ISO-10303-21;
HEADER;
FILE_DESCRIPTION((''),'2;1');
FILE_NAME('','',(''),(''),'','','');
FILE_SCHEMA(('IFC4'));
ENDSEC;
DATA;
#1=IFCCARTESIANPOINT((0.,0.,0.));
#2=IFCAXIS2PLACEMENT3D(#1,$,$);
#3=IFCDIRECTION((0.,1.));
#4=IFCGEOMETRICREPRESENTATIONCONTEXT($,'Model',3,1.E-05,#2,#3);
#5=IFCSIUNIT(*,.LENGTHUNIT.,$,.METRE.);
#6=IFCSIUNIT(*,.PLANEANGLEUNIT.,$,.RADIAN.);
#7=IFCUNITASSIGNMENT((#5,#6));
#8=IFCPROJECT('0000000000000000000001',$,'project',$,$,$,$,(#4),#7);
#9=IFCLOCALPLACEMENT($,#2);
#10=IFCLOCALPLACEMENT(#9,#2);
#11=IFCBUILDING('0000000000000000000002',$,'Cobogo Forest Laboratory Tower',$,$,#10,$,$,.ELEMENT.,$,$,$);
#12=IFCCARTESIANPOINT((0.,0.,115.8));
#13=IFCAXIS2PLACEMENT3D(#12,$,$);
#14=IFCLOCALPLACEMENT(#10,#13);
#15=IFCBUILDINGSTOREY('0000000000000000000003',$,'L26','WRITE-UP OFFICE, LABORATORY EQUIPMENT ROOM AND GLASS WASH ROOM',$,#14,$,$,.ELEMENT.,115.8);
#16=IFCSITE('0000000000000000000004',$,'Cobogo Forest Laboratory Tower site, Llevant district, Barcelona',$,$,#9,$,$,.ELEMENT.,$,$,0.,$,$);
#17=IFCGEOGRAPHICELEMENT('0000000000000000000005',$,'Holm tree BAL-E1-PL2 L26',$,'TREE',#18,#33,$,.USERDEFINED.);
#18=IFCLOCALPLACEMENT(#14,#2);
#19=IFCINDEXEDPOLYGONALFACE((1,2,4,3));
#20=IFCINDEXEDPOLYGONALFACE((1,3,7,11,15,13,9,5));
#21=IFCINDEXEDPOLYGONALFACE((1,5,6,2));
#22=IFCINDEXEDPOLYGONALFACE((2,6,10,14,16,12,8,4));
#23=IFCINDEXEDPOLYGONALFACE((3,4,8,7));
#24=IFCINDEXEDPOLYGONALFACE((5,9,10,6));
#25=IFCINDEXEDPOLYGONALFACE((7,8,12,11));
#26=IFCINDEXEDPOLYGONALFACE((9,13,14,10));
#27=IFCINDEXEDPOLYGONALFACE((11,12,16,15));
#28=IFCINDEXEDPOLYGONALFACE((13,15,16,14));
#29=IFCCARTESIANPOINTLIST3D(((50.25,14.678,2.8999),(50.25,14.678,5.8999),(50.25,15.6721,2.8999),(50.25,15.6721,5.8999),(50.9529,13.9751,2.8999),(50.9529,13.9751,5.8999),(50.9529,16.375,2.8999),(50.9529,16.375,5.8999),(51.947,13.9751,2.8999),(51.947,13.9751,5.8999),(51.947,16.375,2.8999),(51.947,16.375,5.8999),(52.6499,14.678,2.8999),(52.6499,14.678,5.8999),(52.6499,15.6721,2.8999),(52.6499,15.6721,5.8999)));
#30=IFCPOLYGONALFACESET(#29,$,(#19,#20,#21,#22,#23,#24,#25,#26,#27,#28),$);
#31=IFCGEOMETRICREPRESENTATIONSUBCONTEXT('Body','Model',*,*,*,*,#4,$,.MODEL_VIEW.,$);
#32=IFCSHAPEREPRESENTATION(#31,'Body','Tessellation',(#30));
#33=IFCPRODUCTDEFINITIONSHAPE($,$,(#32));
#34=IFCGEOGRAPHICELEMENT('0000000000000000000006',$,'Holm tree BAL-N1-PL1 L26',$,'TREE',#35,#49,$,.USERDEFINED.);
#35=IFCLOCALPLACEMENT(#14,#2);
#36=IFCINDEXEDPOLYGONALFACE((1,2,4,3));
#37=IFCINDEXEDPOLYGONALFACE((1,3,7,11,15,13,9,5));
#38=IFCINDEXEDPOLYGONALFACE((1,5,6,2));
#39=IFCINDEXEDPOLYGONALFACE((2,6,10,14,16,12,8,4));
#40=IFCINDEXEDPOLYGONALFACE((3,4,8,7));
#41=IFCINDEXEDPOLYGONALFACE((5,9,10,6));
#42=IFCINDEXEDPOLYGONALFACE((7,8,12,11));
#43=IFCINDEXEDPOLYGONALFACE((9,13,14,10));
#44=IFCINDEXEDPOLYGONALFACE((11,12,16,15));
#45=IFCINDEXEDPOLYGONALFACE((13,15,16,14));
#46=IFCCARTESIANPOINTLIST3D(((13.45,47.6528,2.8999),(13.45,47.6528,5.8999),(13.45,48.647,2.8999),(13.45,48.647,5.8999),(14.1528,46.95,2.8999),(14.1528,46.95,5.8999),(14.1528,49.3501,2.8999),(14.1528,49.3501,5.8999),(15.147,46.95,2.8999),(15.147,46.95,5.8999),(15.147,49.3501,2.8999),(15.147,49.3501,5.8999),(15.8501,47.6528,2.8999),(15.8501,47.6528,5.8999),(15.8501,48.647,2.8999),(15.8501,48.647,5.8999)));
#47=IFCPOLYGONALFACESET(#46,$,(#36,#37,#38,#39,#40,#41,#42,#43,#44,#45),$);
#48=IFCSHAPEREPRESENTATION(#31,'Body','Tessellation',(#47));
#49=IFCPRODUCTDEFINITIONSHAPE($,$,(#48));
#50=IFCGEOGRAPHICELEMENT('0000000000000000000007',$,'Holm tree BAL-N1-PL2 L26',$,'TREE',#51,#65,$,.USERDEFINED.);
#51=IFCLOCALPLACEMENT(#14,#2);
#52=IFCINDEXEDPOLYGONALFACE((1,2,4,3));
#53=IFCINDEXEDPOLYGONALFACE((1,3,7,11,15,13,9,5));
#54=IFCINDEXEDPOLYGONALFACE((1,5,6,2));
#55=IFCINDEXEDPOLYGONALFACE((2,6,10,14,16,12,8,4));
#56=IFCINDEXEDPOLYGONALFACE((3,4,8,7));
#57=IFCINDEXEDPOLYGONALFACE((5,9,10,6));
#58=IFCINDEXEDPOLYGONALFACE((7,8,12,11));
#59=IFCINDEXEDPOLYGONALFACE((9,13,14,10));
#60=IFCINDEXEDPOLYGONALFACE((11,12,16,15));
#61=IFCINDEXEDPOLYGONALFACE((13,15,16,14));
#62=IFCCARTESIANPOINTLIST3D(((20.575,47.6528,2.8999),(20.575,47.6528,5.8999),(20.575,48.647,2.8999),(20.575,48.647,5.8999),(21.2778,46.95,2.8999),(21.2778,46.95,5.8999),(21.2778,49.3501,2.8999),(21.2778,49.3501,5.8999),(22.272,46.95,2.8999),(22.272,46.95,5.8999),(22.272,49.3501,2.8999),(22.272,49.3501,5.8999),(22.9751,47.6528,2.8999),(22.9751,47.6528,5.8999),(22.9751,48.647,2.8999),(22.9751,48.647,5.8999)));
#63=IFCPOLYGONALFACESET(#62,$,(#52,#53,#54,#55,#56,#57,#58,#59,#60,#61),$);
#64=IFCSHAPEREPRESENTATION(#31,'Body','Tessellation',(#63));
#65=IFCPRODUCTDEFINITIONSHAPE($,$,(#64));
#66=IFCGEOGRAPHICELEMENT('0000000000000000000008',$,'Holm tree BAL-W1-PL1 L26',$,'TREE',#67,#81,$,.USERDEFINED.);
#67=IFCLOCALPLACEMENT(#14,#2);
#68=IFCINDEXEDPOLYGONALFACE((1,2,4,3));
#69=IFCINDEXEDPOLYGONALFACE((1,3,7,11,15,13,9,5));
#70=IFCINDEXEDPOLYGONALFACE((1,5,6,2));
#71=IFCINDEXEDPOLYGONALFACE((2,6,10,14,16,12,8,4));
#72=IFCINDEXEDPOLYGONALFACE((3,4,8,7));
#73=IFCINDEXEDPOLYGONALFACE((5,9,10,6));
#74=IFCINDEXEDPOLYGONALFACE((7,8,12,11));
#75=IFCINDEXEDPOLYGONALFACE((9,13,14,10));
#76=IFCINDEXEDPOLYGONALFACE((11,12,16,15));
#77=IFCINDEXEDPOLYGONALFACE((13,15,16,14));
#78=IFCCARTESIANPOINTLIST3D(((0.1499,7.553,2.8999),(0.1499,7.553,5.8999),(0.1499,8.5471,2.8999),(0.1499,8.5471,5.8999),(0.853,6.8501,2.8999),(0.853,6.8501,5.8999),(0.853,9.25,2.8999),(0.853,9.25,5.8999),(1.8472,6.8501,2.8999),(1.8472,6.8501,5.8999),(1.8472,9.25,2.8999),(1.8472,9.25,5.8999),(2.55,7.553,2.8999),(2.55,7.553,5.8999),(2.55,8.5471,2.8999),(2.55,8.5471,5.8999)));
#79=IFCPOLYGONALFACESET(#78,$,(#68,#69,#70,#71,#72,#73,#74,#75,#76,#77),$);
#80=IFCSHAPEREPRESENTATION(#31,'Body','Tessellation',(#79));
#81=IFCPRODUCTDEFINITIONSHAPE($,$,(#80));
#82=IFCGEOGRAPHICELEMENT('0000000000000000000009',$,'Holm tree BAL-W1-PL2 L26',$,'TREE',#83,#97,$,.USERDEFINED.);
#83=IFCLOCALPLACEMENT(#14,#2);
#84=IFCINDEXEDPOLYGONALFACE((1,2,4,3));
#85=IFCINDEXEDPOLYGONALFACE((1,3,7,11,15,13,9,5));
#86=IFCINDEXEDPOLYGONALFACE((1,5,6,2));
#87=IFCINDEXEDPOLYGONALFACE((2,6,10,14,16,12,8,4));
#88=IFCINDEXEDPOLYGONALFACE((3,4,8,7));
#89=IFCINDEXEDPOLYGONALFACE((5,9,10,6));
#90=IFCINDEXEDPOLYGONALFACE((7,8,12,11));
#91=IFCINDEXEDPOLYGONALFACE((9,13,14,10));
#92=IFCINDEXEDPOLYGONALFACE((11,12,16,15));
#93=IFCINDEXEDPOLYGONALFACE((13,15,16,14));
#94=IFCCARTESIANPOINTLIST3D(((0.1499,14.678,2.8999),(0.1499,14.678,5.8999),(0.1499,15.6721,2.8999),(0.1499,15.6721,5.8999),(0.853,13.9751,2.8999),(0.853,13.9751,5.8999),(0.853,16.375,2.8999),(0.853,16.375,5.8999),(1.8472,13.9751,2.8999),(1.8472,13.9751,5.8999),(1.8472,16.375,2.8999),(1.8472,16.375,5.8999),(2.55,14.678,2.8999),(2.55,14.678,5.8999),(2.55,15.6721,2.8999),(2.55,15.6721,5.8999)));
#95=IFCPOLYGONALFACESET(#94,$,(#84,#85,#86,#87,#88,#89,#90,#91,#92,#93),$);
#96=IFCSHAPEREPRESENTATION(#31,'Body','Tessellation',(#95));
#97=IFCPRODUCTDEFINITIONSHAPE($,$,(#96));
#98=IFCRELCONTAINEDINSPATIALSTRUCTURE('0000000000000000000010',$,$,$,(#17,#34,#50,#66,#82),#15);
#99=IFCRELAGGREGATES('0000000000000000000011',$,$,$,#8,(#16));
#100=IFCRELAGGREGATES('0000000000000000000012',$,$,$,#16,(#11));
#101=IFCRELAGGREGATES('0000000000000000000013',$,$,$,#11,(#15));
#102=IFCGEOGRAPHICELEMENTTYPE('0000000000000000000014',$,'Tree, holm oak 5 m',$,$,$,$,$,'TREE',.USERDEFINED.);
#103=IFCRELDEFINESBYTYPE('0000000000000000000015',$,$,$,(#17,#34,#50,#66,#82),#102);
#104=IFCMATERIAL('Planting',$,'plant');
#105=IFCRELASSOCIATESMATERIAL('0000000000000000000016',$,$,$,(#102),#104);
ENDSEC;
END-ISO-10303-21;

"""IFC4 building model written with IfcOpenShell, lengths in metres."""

from ifc_helpers import new_model, si_unit, direction, frame, origin, place, context, subcontext, project, spatial, polyline, outline, extrude, material, type_object, element, save


model = new_model("IFC4")

# Units and contexts
model_context = context("Model", 3, precision=1e-05, world=origin(), true_north=direction((0.0, 1.0)))
body_context = subcontext(model_context, "Body", "Model", "MODEL_VIEW")
ifc_project = project(units=[si_unit("LENGTHUNIT", "METRE"), si_unit("PLANEANGLEUNIT", "RADIAN")], contexts=[model_context])

# Site, building, storey
site_placement = place(None, origin())
site = spatial("IfcSite", under=ifc_project, at=site_placement, Name="Cobogo Forest Laboratory Tower site, Llevant district, Barcelona", CompositionType="ELEMENT", RefElevation=0.0)
building_placement = place(site_placement, origin())
building = spatial("IfcBuilding", under=site, at=building_placement, Name="Cobogo Forest Laboratory Tower", CompositionType="ELEMENT")
storey_placement = place(building_placement, frame((0.0, 0.0, 115.8)))
storey = spatial("IfcBuildingStorey", under=building, at=storey_placement, Name="L26", Description="WRITE-UP OFFICE, LABORATORY EQUIPMENT ROOM AND GLASS WASH ROOM", CompositionType="ELEMENT", Elevation=115.8)

# Geographic elements
ifc_material_1 = material(Name="Planting", Category="plant")
geographic_element_type = type_object("IfcGeographicElementType", Name="Tree, holm oak 5 m", ElementType="TREE", PredefinedType="USERDEFINED", material=ifc_material_1)
geographic_element_1_placement = place(storey_placement, frame((0.0, 0.0, 2.8999)))
element("IfcGeographicElement", 1, at=geographic_element_1_placement, inside=storey, type_object=geographic_element_type, Name="Holm tree BAL-E1-PL2 L26", ObjectType="TREE", PredefinedType="USERDEFINED", context=body_context, shape_type="SweptSolid", body=[
    extrude(outline(polyline([(52.6499, 14.678), (52.6499, 15.6721), (51.947, 16.375), (50.9529, 16.375), (50.25, 15.6721), (50.25, 14.678), (50.9529, 13.9751), (51.947, 13.9751), (52.6499, 14.678)])), origin(), (0.0, 0.0, 1.0), 3.0),
])
geographic_element_2_placement = place(storey_placement, frame((0.0, 0.0, 2.8999)))
element("IfcGeographicElement", 2, at=geographic_element_2_placement, inside=storey, type_object=geographic_element_type, Name="Holm tree BAL-N1-PL1 L26", ObjectType="TREE", PredefinedType="USERDEFINED", context=body_context, shape_type="SweptSolid", body=[
    extrude(outline(polyline([(15.8501, 47.6528), (15.8501, 48.647), (15.147, 49.3501), (14.1528, 49.3501), (13.45, 48.647), (13.45, 47.6528), (14.1528, 46.95), (15.147, 46.95), (15.8501, 47.6528)])), origin(), (0.0, 0.0, 1.0), 3.0),
])
geographic_element_3_placement = place(storey_placement, frame((0.0, 0.0, 2.8999)))
element("IfcGeographicElement", 3, at=geographic_element_3_placement, inside=storey, type_object=geographic_element_type, Name="Holm tree BAL-N1-PL2 L26", ObjectType="TREE", PredefinedType="USERDEFINED", context=body_context, shape_type="SweptSolid", body=[
    extrude(outline(polyline([(22.9751, 47.6528), (22.9751, 48.647), (22.272, 49.3501), (21.2778, 49.3501), (20.575, 48.647), (20.575, 47.6528), (21.2778, 46.95), (22.272, 46.95), (22.9751, 47.6528)])), origin(), (0.0, 0.0, 1.0), 3.0),
])
geographic_element_4_placement = place(storey_placement, frame((0.0, 0.0, 2.8999)))
element("IfcGeographicElement", 4, at=geographic_element_4_placement, inside=storey, type_object=geographic_element_type, Name="Holm tree BAL-W1-PL1 L26", ObjectType="TREE", PredefinedType="USERDEFINED", context=body_context, shape_type="SweptSolid", body=[
    extrude(outline(polyline([(2.55, 7.553), (2.55, 8.5471), (1.8472, 9.25), (0.853, 9.25), (0.1499, 8.5471), (0.1499, 7.553), (0.853, 6.8501), (1.8472, 6.8501), (2.55, 7.553)])), origin(), (0.0, 0.0, 1.0), 3.0),
])
geographic_element_5_placement = place(storey_placement, frame((0.0, 0.0, 2.8999)))
element("IfcGeographicElement", 5, at=geographic_element_5_placement, inside=storey, type_object=geographic_element_type, Name="Holm tree BAL-W1-PL2 L26", ObjectType="TREE", PredefinedType="USERDEFINED", context=body_context, shape_type="SweptSolid", body=[
    extrude(outline(polyline([(2.55, 14.678), (2.55, 15.6721), (1.8472, 16.375), (0.853, 16.375), (0.1499, 15.6721), (0.1499, 14.678), (0.853, 13.9751), (1.8472, 13.9751), (2.55, 14.678)])), origin(), (0.0, 0.0, 1.0), 3.0),
])

save(model, "model.ifc")
